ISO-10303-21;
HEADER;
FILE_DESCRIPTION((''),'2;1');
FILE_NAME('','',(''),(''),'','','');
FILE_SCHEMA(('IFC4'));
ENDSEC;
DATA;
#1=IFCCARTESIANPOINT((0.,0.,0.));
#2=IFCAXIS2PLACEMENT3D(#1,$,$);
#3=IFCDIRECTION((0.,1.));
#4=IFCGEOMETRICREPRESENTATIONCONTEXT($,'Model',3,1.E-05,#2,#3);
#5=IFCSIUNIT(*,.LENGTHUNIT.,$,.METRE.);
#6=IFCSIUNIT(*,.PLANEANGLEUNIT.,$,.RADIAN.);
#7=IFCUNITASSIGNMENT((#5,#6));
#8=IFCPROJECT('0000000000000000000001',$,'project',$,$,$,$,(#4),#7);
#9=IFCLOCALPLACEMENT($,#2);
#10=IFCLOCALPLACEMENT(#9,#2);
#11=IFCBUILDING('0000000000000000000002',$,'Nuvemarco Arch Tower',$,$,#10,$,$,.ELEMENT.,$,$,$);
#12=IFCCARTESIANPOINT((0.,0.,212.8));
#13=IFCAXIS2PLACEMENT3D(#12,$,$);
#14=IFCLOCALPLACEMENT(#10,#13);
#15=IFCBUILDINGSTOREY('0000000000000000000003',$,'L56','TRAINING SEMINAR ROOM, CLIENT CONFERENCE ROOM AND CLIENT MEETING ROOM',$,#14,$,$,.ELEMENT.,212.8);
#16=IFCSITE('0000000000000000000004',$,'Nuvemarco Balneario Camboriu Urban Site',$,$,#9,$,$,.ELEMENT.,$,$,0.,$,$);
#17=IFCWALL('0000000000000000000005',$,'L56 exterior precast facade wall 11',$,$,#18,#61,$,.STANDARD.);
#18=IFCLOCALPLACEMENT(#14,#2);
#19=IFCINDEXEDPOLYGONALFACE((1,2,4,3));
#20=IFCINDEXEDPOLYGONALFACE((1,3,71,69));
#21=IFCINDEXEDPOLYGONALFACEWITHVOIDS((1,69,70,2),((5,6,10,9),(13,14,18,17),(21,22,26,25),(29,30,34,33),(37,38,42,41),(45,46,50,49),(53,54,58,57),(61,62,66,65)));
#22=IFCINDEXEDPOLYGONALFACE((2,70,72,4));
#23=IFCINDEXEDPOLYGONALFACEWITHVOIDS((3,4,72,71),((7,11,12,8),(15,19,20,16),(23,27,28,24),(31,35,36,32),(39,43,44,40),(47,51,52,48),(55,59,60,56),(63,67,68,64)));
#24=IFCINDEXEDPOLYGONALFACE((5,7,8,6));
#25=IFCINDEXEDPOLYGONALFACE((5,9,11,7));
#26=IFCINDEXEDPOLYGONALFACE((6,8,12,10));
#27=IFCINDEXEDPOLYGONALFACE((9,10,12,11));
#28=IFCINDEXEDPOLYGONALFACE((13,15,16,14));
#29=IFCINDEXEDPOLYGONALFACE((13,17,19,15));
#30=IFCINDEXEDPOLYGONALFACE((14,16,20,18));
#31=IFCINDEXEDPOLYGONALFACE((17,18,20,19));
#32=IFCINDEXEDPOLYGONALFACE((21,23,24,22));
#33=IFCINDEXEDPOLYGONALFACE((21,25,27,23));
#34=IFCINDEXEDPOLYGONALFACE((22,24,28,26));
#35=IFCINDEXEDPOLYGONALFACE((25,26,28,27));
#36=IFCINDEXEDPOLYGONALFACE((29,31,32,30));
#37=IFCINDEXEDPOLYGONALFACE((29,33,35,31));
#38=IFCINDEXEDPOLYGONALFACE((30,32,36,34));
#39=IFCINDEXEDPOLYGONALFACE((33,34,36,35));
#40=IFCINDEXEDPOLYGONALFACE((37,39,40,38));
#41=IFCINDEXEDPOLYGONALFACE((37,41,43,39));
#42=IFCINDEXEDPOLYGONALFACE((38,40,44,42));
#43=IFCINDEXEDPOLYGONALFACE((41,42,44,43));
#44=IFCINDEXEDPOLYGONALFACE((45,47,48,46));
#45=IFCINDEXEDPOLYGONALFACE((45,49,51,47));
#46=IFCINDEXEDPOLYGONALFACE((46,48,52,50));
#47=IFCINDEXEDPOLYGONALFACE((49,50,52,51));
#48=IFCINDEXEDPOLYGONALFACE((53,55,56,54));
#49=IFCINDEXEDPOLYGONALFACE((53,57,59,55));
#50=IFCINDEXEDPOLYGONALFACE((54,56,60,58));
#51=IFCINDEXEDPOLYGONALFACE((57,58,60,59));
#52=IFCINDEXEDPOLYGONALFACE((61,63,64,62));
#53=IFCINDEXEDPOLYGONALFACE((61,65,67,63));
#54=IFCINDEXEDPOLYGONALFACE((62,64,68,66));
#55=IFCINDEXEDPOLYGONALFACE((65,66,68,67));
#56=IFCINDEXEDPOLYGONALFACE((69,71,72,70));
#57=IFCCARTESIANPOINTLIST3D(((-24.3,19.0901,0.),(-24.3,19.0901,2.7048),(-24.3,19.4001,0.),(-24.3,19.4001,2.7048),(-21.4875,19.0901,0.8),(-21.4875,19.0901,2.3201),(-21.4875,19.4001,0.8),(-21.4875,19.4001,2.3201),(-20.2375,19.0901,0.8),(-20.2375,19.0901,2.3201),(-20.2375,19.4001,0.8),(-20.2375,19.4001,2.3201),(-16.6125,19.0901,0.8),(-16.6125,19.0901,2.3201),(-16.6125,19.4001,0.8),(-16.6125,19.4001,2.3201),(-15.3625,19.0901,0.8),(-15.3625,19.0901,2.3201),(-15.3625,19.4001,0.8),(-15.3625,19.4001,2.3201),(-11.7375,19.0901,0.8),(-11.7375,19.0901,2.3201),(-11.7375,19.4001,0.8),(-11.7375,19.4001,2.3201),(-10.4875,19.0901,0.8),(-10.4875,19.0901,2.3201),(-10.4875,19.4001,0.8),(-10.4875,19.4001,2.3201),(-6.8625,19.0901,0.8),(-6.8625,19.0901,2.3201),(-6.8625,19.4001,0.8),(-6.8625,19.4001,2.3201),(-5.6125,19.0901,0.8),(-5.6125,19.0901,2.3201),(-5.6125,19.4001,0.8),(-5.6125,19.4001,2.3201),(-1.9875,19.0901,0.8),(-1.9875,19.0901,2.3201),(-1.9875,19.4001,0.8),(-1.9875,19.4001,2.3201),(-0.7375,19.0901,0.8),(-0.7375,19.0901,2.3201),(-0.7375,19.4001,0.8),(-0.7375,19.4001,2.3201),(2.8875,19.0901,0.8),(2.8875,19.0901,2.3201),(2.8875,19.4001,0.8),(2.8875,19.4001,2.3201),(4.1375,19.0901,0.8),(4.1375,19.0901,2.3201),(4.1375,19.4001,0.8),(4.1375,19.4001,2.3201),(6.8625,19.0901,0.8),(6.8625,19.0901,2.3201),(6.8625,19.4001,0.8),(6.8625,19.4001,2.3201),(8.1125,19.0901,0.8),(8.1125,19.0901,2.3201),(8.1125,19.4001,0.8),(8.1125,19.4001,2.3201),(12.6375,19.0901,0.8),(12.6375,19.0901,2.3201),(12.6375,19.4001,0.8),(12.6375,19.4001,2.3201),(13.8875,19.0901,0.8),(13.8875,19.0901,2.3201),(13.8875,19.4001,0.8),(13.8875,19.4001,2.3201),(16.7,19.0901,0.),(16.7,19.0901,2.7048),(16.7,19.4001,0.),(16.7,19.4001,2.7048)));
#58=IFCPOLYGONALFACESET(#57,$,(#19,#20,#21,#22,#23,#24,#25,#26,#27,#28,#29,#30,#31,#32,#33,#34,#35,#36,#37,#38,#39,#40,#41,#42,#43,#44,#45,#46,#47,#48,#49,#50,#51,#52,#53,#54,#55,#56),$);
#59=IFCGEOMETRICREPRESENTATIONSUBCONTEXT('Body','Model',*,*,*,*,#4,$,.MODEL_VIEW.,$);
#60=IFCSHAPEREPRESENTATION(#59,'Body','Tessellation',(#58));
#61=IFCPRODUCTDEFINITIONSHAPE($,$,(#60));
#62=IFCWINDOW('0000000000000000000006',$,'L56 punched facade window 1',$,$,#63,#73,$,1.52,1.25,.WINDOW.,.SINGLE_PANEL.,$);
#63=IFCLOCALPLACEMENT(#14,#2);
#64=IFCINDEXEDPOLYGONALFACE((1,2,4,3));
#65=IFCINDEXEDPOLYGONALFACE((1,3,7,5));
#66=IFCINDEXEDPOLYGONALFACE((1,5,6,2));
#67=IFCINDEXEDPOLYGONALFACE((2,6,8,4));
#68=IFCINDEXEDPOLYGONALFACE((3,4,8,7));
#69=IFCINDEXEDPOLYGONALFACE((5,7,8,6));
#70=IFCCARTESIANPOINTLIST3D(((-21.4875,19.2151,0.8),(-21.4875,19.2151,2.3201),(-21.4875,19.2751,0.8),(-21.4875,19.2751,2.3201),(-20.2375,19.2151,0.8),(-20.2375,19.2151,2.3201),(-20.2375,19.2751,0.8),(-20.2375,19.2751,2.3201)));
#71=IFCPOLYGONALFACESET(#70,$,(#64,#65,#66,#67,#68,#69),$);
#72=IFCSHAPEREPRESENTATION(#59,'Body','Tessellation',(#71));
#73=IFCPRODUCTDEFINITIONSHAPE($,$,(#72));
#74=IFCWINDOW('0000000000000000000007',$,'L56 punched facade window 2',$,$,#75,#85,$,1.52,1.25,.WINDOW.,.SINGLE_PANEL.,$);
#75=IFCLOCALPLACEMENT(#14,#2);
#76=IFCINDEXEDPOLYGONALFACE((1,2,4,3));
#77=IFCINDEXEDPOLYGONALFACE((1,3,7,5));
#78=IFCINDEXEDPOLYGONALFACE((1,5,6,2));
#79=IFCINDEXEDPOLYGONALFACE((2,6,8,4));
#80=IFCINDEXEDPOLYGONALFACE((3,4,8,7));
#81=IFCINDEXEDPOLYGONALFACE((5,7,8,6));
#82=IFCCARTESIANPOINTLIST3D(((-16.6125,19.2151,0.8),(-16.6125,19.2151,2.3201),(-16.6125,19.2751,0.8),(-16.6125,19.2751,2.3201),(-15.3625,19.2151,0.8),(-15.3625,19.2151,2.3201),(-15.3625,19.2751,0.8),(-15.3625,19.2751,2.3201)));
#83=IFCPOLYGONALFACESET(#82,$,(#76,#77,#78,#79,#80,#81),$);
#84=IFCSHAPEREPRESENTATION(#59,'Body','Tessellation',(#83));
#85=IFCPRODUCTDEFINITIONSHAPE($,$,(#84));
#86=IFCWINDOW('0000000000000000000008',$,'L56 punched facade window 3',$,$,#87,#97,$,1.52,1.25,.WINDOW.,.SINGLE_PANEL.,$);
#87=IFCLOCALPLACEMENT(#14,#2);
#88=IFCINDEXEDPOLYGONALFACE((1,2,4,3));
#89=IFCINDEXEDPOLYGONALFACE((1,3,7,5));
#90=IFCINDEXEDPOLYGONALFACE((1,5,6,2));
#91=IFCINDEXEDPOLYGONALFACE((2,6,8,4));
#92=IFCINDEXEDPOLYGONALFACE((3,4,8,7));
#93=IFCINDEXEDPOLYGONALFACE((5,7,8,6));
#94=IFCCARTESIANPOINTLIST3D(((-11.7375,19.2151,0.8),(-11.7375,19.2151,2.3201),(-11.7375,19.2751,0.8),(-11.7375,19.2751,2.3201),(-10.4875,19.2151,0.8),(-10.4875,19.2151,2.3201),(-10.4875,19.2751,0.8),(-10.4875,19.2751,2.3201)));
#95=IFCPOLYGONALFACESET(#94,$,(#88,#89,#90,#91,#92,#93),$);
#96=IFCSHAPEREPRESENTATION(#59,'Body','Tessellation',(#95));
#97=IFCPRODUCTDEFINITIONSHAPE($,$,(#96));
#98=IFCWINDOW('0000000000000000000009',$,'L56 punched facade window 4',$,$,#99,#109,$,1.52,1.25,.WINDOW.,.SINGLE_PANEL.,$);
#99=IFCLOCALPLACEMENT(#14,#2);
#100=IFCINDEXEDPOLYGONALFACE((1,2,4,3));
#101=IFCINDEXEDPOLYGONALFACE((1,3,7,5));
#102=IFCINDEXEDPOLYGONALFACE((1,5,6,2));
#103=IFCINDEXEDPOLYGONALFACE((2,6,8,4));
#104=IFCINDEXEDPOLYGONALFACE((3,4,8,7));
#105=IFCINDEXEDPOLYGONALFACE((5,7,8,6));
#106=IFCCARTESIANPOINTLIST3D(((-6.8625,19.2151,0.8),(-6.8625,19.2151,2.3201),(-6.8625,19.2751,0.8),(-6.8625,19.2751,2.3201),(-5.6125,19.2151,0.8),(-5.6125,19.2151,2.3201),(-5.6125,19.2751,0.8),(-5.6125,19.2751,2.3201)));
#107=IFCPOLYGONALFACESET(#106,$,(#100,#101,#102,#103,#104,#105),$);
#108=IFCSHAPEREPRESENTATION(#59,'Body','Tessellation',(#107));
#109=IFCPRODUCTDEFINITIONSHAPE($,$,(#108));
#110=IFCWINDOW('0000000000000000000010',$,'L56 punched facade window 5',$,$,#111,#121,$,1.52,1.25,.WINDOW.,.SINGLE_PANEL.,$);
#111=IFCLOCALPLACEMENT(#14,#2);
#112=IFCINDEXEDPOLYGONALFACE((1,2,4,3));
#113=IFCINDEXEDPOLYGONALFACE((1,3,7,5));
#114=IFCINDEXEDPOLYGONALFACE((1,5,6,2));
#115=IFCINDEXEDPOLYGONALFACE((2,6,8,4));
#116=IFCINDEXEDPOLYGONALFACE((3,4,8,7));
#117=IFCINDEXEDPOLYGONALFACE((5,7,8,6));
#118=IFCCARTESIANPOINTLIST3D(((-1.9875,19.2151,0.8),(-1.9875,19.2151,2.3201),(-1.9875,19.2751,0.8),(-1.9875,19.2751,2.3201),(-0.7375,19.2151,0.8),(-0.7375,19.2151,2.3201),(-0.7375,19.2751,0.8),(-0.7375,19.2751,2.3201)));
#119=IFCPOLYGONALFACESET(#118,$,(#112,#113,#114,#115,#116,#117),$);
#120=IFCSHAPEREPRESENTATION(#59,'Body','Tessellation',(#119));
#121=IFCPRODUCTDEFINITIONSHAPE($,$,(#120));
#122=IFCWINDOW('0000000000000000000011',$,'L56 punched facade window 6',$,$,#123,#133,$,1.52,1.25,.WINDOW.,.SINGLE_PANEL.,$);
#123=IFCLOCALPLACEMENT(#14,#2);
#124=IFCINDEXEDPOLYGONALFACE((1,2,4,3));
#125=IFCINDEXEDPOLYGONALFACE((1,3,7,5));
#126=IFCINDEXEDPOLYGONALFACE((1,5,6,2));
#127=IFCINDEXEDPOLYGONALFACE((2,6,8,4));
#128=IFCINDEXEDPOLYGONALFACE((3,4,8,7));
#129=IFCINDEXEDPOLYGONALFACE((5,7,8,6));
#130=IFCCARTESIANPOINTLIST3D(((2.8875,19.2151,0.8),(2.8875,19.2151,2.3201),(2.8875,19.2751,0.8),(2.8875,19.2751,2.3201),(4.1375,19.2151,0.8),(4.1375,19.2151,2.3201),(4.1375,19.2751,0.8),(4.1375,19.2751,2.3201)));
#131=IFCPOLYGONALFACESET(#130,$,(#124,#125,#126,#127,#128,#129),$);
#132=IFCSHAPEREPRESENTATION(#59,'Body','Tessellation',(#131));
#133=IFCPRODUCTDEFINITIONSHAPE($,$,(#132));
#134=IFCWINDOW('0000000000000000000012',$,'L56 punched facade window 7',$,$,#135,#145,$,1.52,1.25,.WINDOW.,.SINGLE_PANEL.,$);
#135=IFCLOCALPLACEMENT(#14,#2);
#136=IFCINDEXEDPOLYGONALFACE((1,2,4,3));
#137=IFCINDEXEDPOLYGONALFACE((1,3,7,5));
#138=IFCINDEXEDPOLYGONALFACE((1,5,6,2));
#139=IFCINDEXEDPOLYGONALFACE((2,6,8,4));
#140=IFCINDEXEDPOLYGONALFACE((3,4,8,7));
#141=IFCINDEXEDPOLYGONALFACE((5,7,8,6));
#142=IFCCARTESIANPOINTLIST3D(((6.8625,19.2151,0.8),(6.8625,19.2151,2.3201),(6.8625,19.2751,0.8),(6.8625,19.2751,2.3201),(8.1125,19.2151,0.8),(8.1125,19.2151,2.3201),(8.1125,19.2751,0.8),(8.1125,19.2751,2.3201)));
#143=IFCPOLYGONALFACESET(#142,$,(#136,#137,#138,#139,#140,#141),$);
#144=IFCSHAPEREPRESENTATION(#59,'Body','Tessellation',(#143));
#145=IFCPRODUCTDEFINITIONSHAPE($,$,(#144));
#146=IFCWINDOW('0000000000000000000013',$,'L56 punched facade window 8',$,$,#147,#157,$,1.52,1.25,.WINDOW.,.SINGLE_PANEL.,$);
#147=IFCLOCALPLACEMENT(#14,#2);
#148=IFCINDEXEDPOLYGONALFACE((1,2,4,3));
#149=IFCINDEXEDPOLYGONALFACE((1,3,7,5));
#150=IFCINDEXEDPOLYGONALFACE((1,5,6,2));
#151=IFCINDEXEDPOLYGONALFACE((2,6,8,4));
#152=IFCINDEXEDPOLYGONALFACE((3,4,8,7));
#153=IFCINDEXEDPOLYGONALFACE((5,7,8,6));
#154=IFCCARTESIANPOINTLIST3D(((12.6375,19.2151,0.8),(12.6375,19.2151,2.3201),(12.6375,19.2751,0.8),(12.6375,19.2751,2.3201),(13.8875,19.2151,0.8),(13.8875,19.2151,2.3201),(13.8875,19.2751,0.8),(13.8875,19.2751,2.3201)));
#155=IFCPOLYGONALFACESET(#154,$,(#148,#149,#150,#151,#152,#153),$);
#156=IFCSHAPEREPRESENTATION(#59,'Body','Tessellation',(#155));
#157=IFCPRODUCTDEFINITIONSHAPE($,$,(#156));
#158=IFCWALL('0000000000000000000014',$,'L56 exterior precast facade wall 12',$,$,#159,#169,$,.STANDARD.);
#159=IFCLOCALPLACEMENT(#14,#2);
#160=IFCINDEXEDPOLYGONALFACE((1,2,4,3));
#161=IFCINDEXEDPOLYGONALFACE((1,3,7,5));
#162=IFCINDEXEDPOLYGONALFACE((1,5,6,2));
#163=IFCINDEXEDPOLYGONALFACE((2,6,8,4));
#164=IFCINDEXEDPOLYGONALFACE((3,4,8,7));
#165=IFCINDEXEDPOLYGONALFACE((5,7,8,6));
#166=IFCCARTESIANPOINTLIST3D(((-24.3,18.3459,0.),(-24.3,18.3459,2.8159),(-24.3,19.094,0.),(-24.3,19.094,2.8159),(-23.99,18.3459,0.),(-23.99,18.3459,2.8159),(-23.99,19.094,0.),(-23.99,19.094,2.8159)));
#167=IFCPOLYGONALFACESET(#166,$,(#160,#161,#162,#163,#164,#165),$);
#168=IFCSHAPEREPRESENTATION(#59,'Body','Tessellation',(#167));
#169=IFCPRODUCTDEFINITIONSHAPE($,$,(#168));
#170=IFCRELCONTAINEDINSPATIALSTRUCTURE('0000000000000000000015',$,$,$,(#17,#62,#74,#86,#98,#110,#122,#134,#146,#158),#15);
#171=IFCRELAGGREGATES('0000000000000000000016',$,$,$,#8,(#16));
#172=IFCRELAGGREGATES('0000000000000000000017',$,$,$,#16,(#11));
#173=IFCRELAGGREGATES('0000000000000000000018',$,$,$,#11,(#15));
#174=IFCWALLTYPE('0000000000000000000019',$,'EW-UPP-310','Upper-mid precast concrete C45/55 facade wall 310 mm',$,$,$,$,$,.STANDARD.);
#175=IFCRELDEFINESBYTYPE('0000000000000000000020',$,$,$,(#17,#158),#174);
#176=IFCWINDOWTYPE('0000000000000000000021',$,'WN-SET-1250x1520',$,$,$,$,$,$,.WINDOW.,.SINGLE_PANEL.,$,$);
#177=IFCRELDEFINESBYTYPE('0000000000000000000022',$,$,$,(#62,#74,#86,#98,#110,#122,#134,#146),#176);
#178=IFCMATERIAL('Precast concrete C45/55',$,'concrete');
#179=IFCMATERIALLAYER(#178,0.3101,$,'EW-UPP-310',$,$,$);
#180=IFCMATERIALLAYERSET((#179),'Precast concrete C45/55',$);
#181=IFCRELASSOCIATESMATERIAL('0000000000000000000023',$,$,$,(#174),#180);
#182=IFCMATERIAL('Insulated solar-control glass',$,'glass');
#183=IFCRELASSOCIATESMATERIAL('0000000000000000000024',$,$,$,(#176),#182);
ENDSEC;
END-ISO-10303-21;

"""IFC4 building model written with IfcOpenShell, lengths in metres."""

from ifc_helpers import new_model, si_unit, direction, frame, frame_2d, origin, place, context, subcontext, project, spatial, rectangle, extrude, source, transform, mapped, material, layer, layer_set, type_object, type_shapes, element, fill, save


model = new_model("IFC4")

# Units and contexts
model_context = context("Model", 3, precision=1e-05, world=origin(), true_north=direction((0.0, 1.0)))
body_context = subcontext(model_context, "Body", "Model", "MODEL_VIEW")
ifc_project = project(units=[si_unit("LENGTHUNIT", "METRE"), si_unit("PLANEANGLEUNIT", "RADIAN")], contexts=[model_context])

# Site, building, storey
site_placement = place(None, origin())
site = spatial("IfcSite", under=ifc_project, at=site_placement, Name="Nuvemarco Balneario Camboriu Urban Site", CompositionType="ELEMENT", RefElevation=0.0)
building_placement = place(site_placement, origin())
building = spatial("IfcBuilding", under=site, at=building_placement, Name="Nuvemarco Arch Tower", CompositionType="ELEMENT")
storey_placement = place(building_placement, frame((0.0, 0.0, 212.8)))
storey = spatial("IfcBuildingStorey", under=building, at=storey_placement, Name="L56", Description="TRAINING SEMINAR ROOM, CLIENT CONFERENCE ROOM AND CLIENT MEETING ROOM", CompositionType="ELEMENT", Elevation=212.8)

# Wall, openings, windows
ifc_material_1 = material(Name="Precast concrete C45/55", Category="concrete")
ifc_layer = layer(ifc_material_1, 0.3101, Name="EW-UPP-310")
ifc_layer_set = layer_set([ifc_layer], Name="Precast concrete C45/55")
wall_type = type_object("IfcWallType", Name="EW-UPP-310", Description="Upper-mid precast concrete C45/55 facade wall 310 mm", PredefinedType="STANDARD", material=ifc_layer_set)
wall_1_placement = place(storey_placement, frame((-24.3, 19.2451, 0.0), z_axis=(0.0, 0.0, 1.0), x_axis=(1.0, 0.0, 0.0)))
wall_1 = element("IfcWall", 1, at=wall_1_placement, inside=storey, type_object=wall_type, Name="L56 exterior precast facade wall 11", PredefinedType="STANDARD", context=body_context, shape_type="SweptSolid", body=[
    extrude(rectangle(XDim=41.0, YDim=0.3101, at=frame_2d((20.5, 0.0))), origin(), (0.0, 0.0, 1.0), 2.7048),
])
opening_1_placement = place(wall_1_placement, frame((2.8125, 0.0, 0.8)))
opening_1 = element("IfcOpeningElement", 2, at=opening_1_placement, cuts=wall_1, PredefinedType="OPENING", context=body_context, shape_type="SweptSolid", body=[
    extrude(rectangle(XDim=1.25, YDim=1.52, at=frame_2d((0.625, 0.76))), frame((0.0, 0.165, 0.0), z_axis=(0.0, -1.0, 0.0), x_axis=(1.0, 0.0, 0.0)), (0.0, 0.0, 1.0), 0.3301),
])
opening_2_placement = place(wall_1_placement, frame((7.6875, 0.0, 0.8)))
opening_2 = element("IfcOpeningElement", 3, at=opening_2_placement, cuts=wall_1, PredefinedType="OPENING", context=body_context, shape_type="SweptSolid", body=[
    extrude(rectangle(XDim=1.25, YDim=1.52, at=frame_2d((0.625, 0.76))), frame((0.0, 0.165, 0.0), z_axis=(0.0, -1.0, 0.0), x_axis=(1.0, 0.0, 0.0)), (0.0, 0.0, 1.0), 0.3301),
])
opening_3_placement = place(wall_1_placement, frame((12.5625, 0.0, 0.8)))
opening_3 = element("IfcOpeningElement", 4, at=opening_3_placement, cuts=wall_1, PredefinedType="OPENING", context=body_context, shape_type="SweptSolid", body=[
    extrude(rectangle(XDim=1.25, YDim=1.52, at=frame_2d((0.625, 0.76))), frame((0.0, 0.165, 0.0), z_axis=(0.0, -1.0, 0.0), x_axis=(1.0, 0.0, 0.0)), (0.0, 0.0, 1.0), 0.3301),
])
opening_4_placement = place(wall_1_placement, frame((17.4375, 0.0, 0.8)))
opening_4 = element("IfcOpeningElement", 5, at=opening_4_placement, cuts=wall_1, PredefinedType="OPENING", context=body_context, shape_type="SweptSolid", body=[
    extrude(rectangle(XDim=1.25, YDim=1.52, at=frame_2d((0.625, 0.76))), frame((0.0, 0.165, 0.0), z_axis=(0.0, -1.0, 0.0), x_axis=(1.0, 0.0, 0.0)), (0.0, 0.0, 1.0), 0.3301),
])
opening_5_placement = place(wall_1_placement, frame((22.3125, 0.0, 0.8)))
opening_5 = element("IfcOpeningElement", 6, at=opening_5_placement, cuts=wall_1, PredefinedType="OPENING", context=body_context, shape_type="SweptSolid", body=[
    extrude(rectangle(XDim=1.25, YDim=1.52, at=frame_2d((0.625, 0.76))), frame((0.0, 0.165, 0.0), z_axis=(0.0, -1.0, 0.0), x_axis=(1.0, 0.0, 0.0)), (0.0, 0.0, 1.0), 0.3301),
])
opening_6_placement = place(wall_1_placement, frame((27.1875, 0.0, 0.8)))
opening_6 = element("IfcOpeningElement", 7, at=opening_6_placement, cuts=wall_1, PredefinedType="OPENING", context=body_context, shape_type="SweptSolid", body=[
    extrude(rectangle(XDim=1.25, YDim=1.52, at=frame_2d((0.625, 0.76))), frame((0.0, 0.165, 0.0), z_axis=(0.0, -1.0, 0.0), x_axis=(1.0, 0.0, 0.0)), (0.0, 0.0, 1.0), 0.3301),
])
opening_7_placement = place(wall_1_placement, frame((31.1626, 0.0, 0.8)))
opening_7 = element("IfcOpeningElement", 8, at=opening_7_placement, cuts=wall_1, PredefinedType="OPENING", context=body_context, shape_type="SweptSolid", body=[
    extrude(rectangle(XDim=1.25, YDim=1.52, at=frame_2d((0.625, 0.76))), frame((0.0, 0.165, 0.0), z_axis=(0.0, -1.0, 0.0), x_axis=(1.0, 0.0, 0.0)), (0.0, 0.0, 1.0), 0.3301),
])
opening_8_placement = place(wall_1_placement, frame((36.9375, 0.0, 0.8)))
opening_8 = element("IfcOpeningElement", 9, at=opening_8_placement, cuts=wall_1, PredefinedType="OPENING", context=body_context, shape_type="SweptSolid", body=[
    extrude(rectangle(XDim=1.25, YDim=1.52, at=frame_2d((0.625, 0.76))), frame((0.0, 0.165, 0.0), z_axis=(0.0, -1.0, 0.0), x_axis=(1.0, 0.0, 0.0)), (0.0, 0.0, 1.0), 0.3301),
])
ifc_material_2 = material(Name="Insulated solar-control glass", Category="glass")
window_type = type_object("IfcWindowType", Name="WN-SET-1250x1520", PartitioningType="SINGLE_PANEL", PredefinedType="WINDOW", material=ifc_material_2)
shared_shape_1 = source(origin(), body_context, "Body", "SweptSolid", [
    extrude(rectangle(XDim=1.25, YDim=1.52, at=frame_2d((0.625, 0.76))), frame((0.0, 0.03, 0.0), z_axis=(0.0, -1.0, 0.0), x_axis=(1.0, 0.0, 0.0)), (0.0, 0.0, 1.0), 0.0601),
])
type_shapes(window_type, [shared_shape_1])
window_1_placement = place(opening_1_placement, origin())
window_1 = element("IfcWindow", 10, at=window_1_placement, inside=storey, type_object=window_type, Name="L56 punched facade window 1", OverallHeight=1.52, OverallWidth=1.25, PartitioningType="SINGLE_PANEL", PredefinedType="WINDOW", context=body_context, shape_type="MappedRepresentation", body=[
    mapped(shared_shape_1, transform((0.0, 0.0, 0.0), scale=1.0)),
])
fill(opening_1, window_1)
window_2_placement = place(opening_2_placement, origin())
window_2 = element("IfcWindow", 11, at=window_2_placement, inside=storey, type_object=window_type, Name="L56 punched facade window 2", OverallHeight=1.52, OverallWidth=1.25, PartitioningType="SINGLE_PANEL", PredefinedType="WINDOW", context=body_context, shape_type="MappedRepresentation", body=[
    mapped(shared_shape_1, transform((0.0, 0.0, 0.0), scale=1.0)),
])
fill(opening_2, window_2)
window_3_placement = place(opening_3_placement, origin())
window_3 = element("IfcWindow", 12, at=window_3_placement, inside=storey, type_object=window_type, Name="L56 punched facade window 3", OverallHeight=1.52, OverallWidth=1.25, PartitioningType="SINGLE_PANEL", PredefinedType="WINDOW", context=body_context, shape_type="MappedRepresentation", body=[
    mapped(shared_shape_1, transform((0.0, 0.0, 0.0), scale=1.0)),
])
fill(opening_3, window_3)
window_4_placement = place(opening_4_placement, origin())
window_4 = element("IfcWindow", 13, at=window_4_placement, inside=storey, type_object=window_type, Name="L56 punched facade window 4", OverallHeight=1.52, OverallWidth=1.25, PartitioningType="SINGLE_PANEL", PredefinedType="WINDOW", context=body_context, shape_type="MappedRepresentation", body=[
    mapped(shared_shape_1, transform((0.0, 0.0, 0.0), scale=1.0)),
])
fill(opening_4, window_4)
window_5_placement = place(opening_5_placement, origin())
window_5 = element("IfcWindow", 14, at=window_5_placement, inside=storey, type_object=window_type, Name="L56 punched facade window 5", OverallHeight=1.52, OverallWidth=1.25, PartitioningType="SINGLE_PANEL", PredefinedType="WINDOW", context=body_context, shape_type="MappedRepresentation", body=[
    mapped(shared_shape_1, transform((0.0, 0.0, 0.0), scale=1.0)),
])
fill(opening_5, window_5)
window_6_placement = place(opening_6_placement, origin())
window_6 = element("IfcWindow", 15, at=window_6_placement, inside=storey, type_object=window_type, Name="L56 punched facade window 6", OverallHeight=1.52, OverallWidth=1.25, PartitioningType="SINGLE_PANEL", PredefinedType="WINDOW", context=body_context, shape_type="MappedRepresentation", body=[
    mapped(shared_shape_1, transform((0.0, 0.0, 0.0), scale=1.0)),
])
fill(opening_6, window_6)
window_7_placement = place(opening_7_placement, origin())
window_7 = element("IfcWindow", 16, at=window_7_placement, inside=storey, type_object=window_type, Name="L56 punched facade window 7", OverallHeight=1.52, OverallWidth=1.25, PartitioningType="SINGLE_PANEL", PredefinedType="WINDOW", context=body_context, shape_type="MappedRepresentation", body=[
    mapped(shared_shape_1, transform((0.0, 0.0, 0.0), scale=1.0)),
])
fill(opening_7, window_7)
window_8_placement = place(opening_8_placement, origin())
window_8 = element("IfcWindow", 17, at=window_8_placement, inside=storey, type_object=window_type, Name="L56 punched facade window 8", OverallHeight=1.52, OverallWidth=1.25, PartitioningType="SINGLE_PANEL", PredefinedType="WINDOW", context=body_context, shape_type="MappedRepresentation", body=[
    mapped(shared_shape_1, transform((0.0, 0.0, 0.0), scale=1.0)),
])
fill(opening_8, window_8)

# Wall
wall_2_placement = place(storey_placement, frame((-24.145, 18.3459, 0.0), z_axis=(0.0, 0.0, 1.0), x_axis=(0.0, 1.0, 0.0)))
element("IfcWall", 18, at=wall_2_placement, inside=storey, type_object=wall_type, Name="L56 exterior precast facade wall 12", PredefinedType="STANDARD", context=body_context, shape_type="SweptSolid", body=[
    extrude(rectangle(XDim=0.748, YDim=0.3101, at=frame_2d((0.374, 0.0))), origin(), (0.0, 0.0, 1.0), 2.8159),
])

save(model, "model.ifc")
